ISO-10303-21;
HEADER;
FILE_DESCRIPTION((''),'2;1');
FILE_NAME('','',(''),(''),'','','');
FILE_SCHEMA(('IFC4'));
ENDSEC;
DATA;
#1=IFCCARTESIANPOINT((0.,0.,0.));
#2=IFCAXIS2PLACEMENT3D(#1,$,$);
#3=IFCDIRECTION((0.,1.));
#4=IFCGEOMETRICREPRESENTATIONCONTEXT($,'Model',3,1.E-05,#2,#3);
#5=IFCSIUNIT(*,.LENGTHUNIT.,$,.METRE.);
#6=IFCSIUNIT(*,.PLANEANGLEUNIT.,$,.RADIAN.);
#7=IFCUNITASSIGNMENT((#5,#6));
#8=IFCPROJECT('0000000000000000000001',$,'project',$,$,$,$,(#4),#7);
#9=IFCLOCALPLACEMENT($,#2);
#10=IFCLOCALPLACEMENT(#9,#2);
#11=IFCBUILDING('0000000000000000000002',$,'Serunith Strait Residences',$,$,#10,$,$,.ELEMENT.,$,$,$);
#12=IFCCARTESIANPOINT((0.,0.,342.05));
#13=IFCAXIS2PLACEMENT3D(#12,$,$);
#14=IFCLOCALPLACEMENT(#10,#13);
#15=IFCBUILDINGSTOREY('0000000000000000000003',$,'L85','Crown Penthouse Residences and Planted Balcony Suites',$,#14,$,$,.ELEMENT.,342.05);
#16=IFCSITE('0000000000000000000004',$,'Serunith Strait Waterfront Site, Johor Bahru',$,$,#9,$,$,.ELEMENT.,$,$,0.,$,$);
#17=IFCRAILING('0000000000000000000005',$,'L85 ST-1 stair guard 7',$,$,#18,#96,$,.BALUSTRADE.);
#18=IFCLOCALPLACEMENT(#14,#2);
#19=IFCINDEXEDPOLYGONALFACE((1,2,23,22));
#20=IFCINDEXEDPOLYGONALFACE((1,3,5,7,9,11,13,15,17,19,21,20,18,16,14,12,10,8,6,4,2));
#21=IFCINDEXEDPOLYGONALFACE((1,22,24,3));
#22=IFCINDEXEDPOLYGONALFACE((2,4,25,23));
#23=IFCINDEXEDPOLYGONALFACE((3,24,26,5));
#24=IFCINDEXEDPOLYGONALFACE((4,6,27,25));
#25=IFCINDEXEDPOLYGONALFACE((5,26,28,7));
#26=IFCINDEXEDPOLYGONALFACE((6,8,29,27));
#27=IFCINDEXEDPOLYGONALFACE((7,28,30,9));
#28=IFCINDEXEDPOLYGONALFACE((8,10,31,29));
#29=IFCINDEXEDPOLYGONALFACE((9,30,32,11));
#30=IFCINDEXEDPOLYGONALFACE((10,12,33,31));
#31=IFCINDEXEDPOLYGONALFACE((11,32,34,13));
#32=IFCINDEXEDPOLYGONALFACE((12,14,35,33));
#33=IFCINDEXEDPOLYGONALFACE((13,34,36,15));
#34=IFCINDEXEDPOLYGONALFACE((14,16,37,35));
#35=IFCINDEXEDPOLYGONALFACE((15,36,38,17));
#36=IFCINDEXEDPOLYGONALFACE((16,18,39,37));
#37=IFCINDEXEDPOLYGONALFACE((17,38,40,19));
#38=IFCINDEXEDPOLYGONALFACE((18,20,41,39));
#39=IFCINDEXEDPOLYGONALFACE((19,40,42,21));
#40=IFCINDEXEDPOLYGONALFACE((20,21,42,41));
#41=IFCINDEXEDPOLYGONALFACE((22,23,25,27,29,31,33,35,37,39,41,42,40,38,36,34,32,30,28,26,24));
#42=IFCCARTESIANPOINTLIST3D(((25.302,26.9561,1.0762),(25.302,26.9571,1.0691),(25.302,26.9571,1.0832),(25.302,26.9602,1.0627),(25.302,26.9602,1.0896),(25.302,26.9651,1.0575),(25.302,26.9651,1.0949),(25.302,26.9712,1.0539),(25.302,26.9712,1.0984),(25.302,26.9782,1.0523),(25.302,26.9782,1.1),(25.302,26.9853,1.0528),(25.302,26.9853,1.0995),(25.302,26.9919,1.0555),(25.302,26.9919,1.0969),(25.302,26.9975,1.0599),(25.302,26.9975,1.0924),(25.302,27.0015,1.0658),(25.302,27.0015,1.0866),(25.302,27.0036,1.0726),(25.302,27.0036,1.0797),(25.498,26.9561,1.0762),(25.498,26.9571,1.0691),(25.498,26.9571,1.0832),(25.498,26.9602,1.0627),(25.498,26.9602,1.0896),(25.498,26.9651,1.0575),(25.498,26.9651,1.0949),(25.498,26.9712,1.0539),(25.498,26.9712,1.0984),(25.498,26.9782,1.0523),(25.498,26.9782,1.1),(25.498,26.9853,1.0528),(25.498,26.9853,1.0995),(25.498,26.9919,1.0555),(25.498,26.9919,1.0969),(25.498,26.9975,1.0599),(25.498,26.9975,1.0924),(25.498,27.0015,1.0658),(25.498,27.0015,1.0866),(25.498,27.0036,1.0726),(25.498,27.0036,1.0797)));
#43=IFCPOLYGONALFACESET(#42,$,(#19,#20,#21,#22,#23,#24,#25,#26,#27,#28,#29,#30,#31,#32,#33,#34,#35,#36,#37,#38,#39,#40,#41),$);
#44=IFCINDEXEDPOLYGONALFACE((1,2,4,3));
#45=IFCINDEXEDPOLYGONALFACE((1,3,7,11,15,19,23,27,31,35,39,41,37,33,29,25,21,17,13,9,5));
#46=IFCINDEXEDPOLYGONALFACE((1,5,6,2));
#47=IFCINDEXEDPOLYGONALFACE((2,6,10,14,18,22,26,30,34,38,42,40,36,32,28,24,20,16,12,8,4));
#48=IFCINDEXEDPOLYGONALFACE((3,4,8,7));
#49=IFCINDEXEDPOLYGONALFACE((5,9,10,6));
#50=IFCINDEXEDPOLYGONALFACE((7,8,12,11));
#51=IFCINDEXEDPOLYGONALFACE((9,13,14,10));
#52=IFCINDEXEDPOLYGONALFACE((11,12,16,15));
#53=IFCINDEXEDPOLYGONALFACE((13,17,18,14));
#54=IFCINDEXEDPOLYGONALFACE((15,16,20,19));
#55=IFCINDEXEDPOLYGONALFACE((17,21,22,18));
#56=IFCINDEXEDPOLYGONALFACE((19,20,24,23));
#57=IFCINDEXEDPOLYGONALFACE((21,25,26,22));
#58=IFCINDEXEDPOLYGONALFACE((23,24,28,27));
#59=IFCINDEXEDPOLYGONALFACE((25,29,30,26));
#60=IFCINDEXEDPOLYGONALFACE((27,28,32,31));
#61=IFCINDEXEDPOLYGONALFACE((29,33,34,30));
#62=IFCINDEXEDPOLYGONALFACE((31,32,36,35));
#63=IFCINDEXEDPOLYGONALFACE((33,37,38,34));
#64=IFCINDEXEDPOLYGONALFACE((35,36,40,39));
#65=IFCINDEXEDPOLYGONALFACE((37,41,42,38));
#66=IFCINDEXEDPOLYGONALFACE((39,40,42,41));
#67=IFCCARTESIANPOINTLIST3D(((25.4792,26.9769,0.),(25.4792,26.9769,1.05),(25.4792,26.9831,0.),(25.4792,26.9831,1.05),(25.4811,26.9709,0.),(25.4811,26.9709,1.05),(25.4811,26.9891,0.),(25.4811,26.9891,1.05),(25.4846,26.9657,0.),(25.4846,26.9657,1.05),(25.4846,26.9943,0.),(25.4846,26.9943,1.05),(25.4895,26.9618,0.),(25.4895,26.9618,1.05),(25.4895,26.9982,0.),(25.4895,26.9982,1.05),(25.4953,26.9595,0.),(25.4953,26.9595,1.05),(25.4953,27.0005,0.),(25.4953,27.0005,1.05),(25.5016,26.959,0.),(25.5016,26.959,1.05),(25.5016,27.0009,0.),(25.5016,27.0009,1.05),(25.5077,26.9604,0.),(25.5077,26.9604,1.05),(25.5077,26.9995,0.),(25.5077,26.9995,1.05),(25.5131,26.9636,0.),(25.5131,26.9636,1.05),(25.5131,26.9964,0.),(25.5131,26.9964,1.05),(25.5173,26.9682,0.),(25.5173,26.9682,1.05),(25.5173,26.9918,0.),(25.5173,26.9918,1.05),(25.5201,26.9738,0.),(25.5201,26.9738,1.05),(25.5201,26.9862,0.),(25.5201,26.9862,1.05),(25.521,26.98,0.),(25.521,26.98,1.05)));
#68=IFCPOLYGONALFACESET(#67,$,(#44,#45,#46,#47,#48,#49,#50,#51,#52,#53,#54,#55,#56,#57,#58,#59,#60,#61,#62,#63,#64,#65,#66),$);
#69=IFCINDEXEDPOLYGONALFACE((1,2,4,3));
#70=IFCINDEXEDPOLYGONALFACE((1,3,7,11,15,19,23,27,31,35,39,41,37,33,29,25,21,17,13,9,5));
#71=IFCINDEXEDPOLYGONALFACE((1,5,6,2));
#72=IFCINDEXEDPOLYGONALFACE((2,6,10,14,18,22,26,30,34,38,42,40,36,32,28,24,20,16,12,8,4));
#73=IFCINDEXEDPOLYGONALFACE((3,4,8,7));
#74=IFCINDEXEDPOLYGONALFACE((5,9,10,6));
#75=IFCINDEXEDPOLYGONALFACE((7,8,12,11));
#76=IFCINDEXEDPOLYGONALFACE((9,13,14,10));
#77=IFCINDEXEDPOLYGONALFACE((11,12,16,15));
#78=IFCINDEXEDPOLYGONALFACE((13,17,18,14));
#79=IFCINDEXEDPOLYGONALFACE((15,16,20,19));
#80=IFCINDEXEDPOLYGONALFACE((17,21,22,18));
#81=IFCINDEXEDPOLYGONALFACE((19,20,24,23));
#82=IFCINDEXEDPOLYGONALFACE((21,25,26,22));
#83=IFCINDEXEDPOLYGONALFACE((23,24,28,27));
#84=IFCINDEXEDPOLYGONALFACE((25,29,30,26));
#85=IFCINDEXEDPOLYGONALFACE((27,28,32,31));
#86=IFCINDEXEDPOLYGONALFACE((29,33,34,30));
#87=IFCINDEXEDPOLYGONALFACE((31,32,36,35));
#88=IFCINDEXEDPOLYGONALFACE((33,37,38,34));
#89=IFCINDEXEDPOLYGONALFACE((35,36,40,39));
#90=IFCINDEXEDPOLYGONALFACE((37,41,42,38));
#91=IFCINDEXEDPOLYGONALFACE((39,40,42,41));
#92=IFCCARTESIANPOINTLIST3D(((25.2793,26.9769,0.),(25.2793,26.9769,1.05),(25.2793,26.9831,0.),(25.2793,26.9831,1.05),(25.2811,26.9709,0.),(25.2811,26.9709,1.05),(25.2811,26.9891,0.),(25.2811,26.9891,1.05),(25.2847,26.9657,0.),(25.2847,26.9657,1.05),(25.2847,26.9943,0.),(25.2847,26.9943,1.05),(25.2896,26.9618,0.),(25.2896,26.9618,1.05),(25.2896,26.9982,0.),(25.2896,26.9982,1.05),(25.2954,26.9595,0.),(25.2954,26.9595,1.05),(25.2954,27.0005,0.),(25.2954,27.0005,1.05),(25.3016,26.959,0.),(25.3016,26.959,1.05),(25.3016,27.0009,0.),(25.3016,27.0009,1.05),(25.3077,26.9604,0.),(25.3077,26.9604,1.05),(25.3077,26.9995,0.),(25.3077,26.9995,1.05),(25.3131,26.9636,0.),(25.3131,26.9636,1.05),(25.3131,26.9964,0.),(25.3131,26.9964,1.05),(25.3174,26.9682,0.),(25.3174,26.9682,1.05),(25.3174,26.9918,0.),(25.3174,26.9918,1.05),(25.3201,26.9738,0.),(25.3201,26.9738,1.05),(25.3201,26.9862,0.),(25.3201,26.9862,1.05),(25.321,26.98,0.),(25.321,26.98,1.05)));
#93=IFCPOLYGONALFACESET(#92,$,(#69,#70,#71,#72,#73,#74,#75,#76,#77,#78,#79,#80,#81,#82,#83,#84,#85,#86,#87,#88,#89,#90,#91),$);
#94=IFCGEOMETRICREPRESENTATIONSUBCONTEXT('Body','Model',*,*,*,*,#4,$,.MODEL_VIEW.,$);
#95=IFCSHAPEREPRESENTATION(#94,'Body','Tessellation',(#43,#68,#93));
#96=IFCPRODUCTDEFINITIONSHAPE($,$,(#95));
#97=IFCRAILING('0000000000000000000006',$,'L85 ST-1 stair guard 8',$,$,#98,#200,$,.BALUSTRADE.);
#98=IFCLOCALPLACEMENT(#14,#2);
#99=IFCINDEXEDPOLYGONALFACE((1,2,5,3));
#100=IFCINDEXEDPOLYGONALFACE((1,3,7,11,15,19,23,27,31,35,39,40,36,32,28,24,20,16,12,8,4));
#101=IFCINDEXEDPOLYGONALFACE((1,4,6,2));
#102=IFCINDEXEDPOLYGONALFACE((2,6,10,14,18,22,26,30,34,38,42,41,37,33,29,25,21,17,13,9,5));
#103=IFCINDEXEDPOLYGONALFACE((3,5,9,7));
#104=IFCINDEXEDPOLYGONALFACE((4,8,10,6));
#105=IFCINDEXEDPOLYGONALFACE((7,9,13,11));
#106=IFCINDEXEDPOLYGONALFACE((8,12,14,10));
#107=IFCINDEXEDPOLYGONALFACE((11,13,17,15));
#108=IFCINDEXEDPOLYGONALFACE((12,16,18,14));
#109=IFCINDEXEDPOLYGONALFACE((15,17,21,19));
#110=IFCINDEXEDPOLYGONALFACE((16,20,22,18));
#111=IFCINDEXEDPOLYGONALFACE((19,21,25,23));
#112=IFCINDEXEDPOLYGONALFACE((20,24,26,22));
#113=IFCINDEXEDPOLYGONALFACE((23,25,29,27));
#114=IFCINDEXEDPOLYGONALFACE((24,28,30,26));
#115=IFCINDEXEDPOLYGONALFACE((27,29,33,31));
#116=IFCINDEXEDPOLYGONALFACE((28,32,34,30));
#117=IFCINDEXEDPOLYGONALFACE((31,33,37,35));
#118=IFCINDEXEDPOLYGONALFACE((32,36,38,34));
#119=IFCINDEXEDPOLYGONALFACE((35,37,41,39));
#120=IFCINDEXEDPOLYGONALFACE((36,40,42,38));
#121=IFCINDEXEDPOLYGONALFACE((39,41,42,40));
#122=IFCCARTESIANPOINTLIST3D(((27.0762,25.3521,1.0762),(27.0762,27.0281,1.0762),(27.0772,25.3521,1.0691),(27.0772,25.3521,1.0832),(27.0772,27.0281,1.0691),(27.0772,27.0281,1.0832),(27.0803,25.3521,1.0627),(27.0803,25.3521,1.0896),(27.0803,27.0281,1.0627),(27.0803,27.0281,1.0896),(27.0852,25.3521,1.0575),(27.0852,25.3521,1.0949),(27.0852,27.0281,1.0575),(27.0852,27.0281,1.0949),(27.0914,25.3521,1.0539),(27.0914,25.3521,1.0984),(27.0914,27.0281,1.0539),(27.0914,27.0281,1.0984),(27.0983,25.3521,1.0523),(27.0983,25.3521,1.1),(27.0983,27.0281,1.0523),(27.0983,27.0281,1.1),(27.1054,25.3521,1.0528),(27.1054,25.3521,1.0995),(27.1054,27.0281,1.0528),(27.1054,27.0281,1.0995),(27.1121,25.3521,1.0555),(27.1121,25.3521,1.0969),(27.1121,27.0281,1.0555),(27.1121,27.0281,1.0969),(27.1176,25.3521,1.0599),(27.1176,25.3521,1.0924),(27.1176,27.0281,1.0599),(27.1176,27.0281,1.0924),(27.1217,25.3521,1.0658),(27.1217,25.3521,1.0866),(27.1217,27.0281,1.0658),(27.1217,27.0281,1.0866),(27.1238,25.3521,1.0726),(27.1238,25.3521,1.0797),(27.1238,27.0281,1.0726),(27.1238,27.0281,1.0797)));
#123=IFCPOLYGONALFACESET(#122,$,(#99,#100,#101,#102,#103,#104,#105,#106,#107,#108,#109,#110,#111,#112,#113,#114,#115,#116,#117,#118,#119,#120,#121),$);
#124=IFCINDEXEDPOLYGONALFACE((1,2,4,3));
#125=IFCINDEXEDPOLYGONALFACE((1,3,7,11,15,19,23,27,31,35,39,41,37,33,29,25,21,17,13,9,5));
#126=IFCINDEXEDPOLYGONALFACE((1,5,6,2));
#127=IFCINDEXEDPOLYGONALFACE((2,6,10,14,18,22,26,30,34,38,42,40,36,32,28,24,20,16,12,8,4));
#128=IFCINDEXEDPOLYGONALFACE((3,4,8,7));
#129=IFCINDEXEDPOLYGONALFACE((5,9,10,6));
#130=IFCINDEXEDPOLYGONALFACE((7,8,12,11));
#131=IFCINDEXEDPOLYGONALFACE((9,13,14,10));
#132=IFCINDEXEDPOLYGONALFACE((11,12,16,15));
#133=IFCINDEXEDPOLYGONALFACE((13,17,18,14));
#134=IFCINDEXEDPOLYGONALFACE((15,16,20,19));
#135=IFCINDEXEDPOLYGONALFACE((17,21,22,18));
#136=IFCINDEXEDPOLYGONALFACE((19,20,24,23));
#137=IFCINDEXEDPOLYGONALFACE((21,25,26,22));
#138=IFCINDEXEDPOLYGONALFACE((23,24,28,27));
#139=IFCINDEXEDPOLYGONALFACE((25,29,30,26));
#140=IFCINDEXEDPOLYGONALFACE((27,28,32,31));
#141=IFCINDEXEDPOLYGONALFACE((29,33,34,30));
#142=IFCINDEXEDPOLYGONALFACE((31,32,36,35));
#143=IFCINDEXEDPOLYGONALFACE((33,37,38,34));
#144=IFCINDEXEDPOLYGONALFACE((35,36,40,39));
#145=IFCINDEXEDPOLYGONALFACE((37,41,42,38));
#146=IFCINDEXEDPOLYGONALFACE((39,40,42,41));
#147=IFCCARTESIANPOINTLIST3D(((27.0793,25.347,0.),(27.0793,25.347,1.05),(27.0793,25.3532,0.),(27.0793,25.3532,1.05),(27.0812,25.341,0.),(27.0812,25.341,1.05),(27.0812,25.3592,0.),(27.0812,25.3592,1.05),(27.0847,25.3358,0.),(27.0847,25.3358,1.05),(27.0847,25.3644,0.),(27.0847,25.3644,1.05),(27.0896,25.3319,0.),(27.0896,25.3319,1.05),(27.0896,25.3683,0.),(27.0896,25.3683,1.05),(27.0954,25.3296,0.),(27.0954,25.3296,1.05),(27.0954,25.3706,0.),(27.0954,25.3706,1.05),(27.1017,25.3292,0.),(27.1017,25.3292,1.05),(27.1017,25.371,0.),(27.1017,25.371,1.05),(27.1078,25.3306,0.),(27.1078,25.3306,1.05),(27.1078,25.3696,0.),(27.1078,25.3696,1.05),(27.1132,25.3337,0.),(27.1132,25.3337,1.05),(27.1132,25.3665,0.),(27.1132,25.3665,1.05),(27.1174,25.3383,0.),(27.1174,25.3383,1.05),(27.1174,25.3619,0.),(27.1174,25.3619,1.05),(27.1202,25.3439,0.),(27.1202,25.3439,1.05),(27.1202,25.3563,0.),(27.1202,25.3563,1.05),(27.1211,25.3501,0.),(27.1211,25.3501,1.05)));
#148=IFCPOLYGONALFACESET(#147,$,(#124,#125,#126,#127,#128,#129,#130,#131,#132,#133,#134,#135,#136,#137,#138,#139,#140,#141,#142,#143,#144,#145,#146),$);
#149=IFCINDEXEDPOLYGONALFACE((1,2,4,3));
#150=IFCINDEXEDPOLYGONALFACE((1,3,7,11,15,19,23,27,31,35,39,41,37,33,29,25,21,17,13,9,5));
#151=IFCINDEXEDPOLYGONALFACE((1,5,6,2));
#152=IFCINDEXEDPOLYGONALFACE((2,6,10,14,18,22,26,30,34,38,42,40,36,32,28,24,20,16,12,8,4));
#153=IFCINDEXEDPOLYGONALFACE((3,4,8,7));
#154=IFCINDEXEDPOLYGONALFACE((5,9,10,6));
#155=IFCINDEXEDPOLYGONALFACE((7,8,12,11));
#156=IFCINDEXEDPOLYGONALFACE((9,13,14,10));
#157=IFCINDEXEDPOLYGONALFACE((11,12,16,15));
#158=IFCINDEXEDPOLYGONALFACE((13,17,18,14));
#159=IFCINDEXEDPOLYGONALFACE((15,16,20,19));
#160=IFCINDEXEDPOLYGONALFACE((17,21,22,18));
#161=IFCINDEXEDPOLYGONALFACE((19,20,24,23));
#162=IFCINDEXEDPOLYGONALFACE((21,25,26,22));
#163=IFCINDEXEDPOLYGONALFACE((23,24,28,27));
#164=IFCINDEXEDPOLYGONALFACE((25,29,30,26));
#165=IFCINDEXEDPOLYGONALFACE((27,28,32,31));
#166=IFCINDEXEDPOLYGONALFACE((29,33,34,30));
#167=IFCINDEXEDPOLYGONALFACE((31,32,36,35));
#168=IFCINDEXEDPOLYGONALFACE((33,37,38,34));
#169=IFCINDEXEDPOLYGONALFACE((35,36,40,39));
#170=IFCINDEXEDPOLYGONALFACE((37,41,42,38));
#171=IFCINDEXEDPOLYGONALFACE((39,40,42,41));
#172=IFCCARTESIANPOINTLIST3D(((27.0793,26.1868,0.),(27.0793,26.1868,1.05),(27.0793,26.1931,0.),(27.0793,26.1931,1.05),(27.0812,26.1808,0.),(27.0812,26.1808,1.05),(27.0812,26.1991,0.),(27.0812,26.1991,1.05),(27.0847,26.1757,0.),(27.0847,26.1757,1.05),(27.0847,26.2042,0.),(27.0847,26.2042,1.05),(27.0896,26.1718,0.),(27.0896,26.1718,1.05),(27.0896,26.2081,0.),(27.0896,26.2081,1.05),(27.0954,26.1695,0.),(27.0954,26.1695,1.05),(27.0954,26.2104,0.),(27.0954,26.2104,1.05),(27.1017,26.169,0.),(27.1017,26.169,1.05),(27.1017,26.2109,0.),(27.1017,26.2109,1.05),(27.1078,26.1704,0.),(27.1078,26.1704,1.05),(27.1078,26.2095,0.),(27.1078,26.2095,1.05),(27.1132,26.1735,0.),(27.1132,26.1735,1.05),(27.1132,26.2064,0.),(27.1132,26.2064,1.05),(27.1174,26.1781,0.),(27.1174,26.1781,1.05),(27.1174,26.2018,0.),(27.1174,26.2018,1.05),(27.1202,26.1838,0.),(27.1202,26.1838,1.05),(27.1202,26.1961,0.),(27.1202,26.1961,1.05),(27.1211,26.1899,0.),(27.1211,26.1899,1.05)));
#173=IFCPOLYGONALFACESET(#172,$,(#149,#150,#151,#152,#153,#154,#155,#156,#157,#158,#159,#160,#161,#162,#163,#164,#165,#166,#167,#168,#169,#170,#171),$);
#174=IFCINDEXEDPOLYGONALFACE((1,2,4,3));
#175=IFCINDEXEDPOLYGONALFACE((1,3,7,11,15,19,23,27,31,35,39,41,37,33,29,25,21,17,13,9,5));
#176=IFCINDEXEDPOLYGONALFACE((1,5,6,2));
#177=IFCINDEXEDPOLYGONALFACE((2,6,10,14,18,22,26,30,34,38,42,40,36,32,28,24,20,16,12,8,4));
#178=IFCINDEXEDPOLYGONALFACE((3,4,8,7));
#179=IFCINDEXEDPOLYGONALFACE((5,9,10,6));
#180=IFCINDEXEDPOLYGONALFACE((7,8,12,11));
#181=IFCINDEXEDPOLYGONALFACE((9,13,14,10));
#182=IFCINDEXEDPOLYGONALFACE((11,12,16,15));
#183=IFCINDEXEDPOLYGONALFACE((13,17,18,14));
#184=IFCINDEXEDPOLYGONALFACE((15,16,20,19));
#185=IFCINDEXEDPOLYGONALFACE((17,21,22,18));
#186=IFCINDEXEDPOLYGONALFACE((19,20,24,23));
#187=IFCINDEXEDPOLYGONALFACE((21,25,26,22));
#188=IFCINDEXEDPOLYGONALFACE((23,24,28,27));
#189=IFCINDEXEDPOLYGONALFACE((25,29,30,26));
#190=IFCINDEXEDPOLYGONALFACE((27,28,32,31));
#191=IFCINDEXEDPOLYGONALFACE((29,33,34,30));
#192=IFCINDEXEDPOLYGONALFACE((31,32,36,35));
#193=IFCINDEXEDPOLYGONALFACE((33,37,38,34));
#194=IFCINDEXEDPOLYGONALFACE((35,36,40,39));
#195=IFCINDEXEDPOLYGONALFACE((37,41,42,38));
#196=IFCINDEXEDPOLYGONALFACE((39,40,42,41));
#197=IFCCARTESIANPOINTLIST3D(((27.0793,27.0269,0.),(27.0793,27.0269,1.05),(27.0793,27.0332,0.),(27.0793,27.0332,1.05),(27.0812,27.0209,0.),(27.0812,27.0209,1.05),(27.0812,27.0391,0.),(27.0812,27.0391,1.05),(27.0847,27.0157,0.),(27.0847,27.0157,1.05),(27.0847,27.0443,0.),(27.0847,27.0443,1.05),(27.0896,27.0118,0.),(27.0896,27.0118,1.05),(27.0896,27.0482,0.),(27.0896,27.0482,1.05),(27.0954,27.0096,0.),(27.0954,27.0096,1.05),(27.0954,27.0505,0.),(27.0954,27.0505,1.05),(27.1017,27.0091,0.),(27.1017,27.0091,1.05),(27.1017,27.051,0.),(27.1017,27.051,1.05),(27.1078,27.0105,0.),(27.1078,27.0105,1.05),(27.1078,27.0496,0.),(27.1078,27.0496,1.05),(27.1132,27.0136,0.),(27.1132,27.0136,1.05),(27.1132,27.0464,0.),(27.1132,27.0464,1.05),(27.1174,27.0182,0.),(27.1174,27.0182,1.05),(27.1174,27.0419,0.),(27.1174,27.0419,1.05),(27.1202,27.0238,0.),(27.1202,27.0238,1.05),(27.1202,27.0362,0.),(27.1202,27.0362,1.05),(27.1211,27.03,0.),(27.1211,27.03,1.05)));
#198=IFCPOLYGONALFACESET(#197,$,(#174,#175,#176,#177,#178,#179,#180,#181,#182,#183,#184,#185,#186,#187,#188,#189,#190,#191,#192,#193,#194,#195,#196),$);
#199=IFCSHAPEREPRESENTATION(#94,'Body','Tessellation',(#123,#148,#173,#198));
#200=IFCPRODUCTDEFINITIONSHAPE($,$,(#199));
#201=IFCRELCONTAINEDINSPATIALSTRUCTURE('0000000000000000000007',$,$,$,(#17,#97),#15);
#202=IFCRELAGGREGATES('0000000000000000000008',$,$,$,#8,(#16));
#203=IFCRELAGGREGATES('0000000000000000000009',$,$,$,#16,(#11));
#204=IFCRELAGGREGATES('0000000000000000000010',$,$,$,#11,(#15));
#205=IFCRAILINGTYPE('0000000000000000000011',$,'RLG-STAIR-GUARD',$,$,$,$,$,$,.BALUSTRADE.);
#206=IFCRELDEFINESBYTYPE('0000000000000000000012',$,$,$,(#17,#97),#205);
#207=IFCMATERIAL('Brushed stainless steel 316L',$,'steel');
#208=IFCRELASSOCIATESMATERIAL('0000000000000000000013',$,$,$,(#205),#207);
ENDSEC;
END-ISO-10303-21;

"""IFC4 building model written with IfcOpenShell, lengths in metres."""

from ifc_helpers import new_model, si_unit, direction, frame, origin, origin_2d, place, context, subcontext, project, spatial, circle, extrude, material, type_object, element, save


model = new_model("IFC4")

# Units and contexts
model_context = context("Model", 3, precision=1e-05, world=origin(), true_north=direction((0.0, 1.0)))
body_context = subcontext(model_context, "Body", "Model", "MODEL_VIEW")
ifc_project = project(units=[si_unit("LENGTHUNIT", "METRE"), si_unit("PLANEANGLEUNIT", "RADIAN")], contexts=[model_context])

# Site, building, storey
site_placement = place(None, origin())
site = spatial("IfcSite", under=ifc_project, at=site_placement, Name="Serunith Strait Waterfront Site, Johor Bahru", CompositionType="ELEMENT", RefElevation=0.0)
building_placement = place(site_placement, origin())
building = spatial("IfcBuilding", under=site, at=building_placement, Name="Serunith Strait Residences", CompositionType="ELEMENT")
storey_placement = place(building_placement, frame((0.0, 0.0, 342.05)))
storey = spatial("IfcBuildingStorey", under=building, at=storey_placement, Name="L85", Description="Crown Penthouse Residences and Planted Balcony Suites", CompositionType="ELEMENT", Elevation=342.05)

# Railings
ifc_material_1 = material(Name="Brushed stainless steel 316L", Category="steel")
railing_type_1 = type_object("IfcRailingType", Name="RLG-STAIR-GUARD", PredefinedType="BALUSTRADE", material=ifc_material_1)
railing_1_placement = place(storey_placement, frame((25.5, 26.98, 0.0)))
element("IfcRailing", 1, at=railing_1_placement, inside=storey, type_object=railing_type_1, Name="L85 ST-1 stair guard 7", PredefinedType="BALUSTRADE", context=body_context, shape_type="SweptSolid", body=[
    extrude(circle(Radius=0.0239, at=origin_2d()), frame((-0.002, 0.0, 1.0762), z_axis=(-1.0, 0.0, 0.0), x_axis=(0.0, -1.0, 0.0)), (0.0, 0.0, 1.0), 0.196),
    extrude(circle(Radius=0.021, at=origin_2d()), origin(), (0.0, 0.0, 1.0), 1.05),
    extrude(circle(Radius=0.021, at=origin_2d()), frame((-0.2, 0.0, 0.0)), (0.0, 0.0, 1.0), 1.05),
])
for number, where, name in (
    (2, (27.1001, 25.3501, 0.0), "L85 ST-1 stair guard 8"),
):
    element("IfcRailing", number, at=place(storey_placement, frame(where)), inside=storey, type_object=railing_type_1, Name=name, PredefinedType="BALUSTRADE", context=body_context, shape_type="SweptSolid", body=[
        extrude(circle(Radius=0.0239, at=origin_2d()), frame((0.0, 0.002, 1.0762), z_axis=(0.0, 1.0, 0.0), x_axis=(-1.0, 0.0, 0.0)), (0.0, 0.0, 1.0), 1.676),
        extrude(circle(Radius=0.021, at=origin_2d()), origin(), (0.0, 0.0, 1.0), 1.05),
        extrude(circle(Radius=0.021, at=origin_2d()), frame((0.0, 0.8398, 0.0)), (0.0, 0.0, 1.0), 1.05),
        extrude(circle(Radius=0.021, at=origin_2d()), frame((0.0, 1.6799, 0.0)), (0.0, 0.0, 1.0), 1.05),
    ])

save(model, "model.ifc")
